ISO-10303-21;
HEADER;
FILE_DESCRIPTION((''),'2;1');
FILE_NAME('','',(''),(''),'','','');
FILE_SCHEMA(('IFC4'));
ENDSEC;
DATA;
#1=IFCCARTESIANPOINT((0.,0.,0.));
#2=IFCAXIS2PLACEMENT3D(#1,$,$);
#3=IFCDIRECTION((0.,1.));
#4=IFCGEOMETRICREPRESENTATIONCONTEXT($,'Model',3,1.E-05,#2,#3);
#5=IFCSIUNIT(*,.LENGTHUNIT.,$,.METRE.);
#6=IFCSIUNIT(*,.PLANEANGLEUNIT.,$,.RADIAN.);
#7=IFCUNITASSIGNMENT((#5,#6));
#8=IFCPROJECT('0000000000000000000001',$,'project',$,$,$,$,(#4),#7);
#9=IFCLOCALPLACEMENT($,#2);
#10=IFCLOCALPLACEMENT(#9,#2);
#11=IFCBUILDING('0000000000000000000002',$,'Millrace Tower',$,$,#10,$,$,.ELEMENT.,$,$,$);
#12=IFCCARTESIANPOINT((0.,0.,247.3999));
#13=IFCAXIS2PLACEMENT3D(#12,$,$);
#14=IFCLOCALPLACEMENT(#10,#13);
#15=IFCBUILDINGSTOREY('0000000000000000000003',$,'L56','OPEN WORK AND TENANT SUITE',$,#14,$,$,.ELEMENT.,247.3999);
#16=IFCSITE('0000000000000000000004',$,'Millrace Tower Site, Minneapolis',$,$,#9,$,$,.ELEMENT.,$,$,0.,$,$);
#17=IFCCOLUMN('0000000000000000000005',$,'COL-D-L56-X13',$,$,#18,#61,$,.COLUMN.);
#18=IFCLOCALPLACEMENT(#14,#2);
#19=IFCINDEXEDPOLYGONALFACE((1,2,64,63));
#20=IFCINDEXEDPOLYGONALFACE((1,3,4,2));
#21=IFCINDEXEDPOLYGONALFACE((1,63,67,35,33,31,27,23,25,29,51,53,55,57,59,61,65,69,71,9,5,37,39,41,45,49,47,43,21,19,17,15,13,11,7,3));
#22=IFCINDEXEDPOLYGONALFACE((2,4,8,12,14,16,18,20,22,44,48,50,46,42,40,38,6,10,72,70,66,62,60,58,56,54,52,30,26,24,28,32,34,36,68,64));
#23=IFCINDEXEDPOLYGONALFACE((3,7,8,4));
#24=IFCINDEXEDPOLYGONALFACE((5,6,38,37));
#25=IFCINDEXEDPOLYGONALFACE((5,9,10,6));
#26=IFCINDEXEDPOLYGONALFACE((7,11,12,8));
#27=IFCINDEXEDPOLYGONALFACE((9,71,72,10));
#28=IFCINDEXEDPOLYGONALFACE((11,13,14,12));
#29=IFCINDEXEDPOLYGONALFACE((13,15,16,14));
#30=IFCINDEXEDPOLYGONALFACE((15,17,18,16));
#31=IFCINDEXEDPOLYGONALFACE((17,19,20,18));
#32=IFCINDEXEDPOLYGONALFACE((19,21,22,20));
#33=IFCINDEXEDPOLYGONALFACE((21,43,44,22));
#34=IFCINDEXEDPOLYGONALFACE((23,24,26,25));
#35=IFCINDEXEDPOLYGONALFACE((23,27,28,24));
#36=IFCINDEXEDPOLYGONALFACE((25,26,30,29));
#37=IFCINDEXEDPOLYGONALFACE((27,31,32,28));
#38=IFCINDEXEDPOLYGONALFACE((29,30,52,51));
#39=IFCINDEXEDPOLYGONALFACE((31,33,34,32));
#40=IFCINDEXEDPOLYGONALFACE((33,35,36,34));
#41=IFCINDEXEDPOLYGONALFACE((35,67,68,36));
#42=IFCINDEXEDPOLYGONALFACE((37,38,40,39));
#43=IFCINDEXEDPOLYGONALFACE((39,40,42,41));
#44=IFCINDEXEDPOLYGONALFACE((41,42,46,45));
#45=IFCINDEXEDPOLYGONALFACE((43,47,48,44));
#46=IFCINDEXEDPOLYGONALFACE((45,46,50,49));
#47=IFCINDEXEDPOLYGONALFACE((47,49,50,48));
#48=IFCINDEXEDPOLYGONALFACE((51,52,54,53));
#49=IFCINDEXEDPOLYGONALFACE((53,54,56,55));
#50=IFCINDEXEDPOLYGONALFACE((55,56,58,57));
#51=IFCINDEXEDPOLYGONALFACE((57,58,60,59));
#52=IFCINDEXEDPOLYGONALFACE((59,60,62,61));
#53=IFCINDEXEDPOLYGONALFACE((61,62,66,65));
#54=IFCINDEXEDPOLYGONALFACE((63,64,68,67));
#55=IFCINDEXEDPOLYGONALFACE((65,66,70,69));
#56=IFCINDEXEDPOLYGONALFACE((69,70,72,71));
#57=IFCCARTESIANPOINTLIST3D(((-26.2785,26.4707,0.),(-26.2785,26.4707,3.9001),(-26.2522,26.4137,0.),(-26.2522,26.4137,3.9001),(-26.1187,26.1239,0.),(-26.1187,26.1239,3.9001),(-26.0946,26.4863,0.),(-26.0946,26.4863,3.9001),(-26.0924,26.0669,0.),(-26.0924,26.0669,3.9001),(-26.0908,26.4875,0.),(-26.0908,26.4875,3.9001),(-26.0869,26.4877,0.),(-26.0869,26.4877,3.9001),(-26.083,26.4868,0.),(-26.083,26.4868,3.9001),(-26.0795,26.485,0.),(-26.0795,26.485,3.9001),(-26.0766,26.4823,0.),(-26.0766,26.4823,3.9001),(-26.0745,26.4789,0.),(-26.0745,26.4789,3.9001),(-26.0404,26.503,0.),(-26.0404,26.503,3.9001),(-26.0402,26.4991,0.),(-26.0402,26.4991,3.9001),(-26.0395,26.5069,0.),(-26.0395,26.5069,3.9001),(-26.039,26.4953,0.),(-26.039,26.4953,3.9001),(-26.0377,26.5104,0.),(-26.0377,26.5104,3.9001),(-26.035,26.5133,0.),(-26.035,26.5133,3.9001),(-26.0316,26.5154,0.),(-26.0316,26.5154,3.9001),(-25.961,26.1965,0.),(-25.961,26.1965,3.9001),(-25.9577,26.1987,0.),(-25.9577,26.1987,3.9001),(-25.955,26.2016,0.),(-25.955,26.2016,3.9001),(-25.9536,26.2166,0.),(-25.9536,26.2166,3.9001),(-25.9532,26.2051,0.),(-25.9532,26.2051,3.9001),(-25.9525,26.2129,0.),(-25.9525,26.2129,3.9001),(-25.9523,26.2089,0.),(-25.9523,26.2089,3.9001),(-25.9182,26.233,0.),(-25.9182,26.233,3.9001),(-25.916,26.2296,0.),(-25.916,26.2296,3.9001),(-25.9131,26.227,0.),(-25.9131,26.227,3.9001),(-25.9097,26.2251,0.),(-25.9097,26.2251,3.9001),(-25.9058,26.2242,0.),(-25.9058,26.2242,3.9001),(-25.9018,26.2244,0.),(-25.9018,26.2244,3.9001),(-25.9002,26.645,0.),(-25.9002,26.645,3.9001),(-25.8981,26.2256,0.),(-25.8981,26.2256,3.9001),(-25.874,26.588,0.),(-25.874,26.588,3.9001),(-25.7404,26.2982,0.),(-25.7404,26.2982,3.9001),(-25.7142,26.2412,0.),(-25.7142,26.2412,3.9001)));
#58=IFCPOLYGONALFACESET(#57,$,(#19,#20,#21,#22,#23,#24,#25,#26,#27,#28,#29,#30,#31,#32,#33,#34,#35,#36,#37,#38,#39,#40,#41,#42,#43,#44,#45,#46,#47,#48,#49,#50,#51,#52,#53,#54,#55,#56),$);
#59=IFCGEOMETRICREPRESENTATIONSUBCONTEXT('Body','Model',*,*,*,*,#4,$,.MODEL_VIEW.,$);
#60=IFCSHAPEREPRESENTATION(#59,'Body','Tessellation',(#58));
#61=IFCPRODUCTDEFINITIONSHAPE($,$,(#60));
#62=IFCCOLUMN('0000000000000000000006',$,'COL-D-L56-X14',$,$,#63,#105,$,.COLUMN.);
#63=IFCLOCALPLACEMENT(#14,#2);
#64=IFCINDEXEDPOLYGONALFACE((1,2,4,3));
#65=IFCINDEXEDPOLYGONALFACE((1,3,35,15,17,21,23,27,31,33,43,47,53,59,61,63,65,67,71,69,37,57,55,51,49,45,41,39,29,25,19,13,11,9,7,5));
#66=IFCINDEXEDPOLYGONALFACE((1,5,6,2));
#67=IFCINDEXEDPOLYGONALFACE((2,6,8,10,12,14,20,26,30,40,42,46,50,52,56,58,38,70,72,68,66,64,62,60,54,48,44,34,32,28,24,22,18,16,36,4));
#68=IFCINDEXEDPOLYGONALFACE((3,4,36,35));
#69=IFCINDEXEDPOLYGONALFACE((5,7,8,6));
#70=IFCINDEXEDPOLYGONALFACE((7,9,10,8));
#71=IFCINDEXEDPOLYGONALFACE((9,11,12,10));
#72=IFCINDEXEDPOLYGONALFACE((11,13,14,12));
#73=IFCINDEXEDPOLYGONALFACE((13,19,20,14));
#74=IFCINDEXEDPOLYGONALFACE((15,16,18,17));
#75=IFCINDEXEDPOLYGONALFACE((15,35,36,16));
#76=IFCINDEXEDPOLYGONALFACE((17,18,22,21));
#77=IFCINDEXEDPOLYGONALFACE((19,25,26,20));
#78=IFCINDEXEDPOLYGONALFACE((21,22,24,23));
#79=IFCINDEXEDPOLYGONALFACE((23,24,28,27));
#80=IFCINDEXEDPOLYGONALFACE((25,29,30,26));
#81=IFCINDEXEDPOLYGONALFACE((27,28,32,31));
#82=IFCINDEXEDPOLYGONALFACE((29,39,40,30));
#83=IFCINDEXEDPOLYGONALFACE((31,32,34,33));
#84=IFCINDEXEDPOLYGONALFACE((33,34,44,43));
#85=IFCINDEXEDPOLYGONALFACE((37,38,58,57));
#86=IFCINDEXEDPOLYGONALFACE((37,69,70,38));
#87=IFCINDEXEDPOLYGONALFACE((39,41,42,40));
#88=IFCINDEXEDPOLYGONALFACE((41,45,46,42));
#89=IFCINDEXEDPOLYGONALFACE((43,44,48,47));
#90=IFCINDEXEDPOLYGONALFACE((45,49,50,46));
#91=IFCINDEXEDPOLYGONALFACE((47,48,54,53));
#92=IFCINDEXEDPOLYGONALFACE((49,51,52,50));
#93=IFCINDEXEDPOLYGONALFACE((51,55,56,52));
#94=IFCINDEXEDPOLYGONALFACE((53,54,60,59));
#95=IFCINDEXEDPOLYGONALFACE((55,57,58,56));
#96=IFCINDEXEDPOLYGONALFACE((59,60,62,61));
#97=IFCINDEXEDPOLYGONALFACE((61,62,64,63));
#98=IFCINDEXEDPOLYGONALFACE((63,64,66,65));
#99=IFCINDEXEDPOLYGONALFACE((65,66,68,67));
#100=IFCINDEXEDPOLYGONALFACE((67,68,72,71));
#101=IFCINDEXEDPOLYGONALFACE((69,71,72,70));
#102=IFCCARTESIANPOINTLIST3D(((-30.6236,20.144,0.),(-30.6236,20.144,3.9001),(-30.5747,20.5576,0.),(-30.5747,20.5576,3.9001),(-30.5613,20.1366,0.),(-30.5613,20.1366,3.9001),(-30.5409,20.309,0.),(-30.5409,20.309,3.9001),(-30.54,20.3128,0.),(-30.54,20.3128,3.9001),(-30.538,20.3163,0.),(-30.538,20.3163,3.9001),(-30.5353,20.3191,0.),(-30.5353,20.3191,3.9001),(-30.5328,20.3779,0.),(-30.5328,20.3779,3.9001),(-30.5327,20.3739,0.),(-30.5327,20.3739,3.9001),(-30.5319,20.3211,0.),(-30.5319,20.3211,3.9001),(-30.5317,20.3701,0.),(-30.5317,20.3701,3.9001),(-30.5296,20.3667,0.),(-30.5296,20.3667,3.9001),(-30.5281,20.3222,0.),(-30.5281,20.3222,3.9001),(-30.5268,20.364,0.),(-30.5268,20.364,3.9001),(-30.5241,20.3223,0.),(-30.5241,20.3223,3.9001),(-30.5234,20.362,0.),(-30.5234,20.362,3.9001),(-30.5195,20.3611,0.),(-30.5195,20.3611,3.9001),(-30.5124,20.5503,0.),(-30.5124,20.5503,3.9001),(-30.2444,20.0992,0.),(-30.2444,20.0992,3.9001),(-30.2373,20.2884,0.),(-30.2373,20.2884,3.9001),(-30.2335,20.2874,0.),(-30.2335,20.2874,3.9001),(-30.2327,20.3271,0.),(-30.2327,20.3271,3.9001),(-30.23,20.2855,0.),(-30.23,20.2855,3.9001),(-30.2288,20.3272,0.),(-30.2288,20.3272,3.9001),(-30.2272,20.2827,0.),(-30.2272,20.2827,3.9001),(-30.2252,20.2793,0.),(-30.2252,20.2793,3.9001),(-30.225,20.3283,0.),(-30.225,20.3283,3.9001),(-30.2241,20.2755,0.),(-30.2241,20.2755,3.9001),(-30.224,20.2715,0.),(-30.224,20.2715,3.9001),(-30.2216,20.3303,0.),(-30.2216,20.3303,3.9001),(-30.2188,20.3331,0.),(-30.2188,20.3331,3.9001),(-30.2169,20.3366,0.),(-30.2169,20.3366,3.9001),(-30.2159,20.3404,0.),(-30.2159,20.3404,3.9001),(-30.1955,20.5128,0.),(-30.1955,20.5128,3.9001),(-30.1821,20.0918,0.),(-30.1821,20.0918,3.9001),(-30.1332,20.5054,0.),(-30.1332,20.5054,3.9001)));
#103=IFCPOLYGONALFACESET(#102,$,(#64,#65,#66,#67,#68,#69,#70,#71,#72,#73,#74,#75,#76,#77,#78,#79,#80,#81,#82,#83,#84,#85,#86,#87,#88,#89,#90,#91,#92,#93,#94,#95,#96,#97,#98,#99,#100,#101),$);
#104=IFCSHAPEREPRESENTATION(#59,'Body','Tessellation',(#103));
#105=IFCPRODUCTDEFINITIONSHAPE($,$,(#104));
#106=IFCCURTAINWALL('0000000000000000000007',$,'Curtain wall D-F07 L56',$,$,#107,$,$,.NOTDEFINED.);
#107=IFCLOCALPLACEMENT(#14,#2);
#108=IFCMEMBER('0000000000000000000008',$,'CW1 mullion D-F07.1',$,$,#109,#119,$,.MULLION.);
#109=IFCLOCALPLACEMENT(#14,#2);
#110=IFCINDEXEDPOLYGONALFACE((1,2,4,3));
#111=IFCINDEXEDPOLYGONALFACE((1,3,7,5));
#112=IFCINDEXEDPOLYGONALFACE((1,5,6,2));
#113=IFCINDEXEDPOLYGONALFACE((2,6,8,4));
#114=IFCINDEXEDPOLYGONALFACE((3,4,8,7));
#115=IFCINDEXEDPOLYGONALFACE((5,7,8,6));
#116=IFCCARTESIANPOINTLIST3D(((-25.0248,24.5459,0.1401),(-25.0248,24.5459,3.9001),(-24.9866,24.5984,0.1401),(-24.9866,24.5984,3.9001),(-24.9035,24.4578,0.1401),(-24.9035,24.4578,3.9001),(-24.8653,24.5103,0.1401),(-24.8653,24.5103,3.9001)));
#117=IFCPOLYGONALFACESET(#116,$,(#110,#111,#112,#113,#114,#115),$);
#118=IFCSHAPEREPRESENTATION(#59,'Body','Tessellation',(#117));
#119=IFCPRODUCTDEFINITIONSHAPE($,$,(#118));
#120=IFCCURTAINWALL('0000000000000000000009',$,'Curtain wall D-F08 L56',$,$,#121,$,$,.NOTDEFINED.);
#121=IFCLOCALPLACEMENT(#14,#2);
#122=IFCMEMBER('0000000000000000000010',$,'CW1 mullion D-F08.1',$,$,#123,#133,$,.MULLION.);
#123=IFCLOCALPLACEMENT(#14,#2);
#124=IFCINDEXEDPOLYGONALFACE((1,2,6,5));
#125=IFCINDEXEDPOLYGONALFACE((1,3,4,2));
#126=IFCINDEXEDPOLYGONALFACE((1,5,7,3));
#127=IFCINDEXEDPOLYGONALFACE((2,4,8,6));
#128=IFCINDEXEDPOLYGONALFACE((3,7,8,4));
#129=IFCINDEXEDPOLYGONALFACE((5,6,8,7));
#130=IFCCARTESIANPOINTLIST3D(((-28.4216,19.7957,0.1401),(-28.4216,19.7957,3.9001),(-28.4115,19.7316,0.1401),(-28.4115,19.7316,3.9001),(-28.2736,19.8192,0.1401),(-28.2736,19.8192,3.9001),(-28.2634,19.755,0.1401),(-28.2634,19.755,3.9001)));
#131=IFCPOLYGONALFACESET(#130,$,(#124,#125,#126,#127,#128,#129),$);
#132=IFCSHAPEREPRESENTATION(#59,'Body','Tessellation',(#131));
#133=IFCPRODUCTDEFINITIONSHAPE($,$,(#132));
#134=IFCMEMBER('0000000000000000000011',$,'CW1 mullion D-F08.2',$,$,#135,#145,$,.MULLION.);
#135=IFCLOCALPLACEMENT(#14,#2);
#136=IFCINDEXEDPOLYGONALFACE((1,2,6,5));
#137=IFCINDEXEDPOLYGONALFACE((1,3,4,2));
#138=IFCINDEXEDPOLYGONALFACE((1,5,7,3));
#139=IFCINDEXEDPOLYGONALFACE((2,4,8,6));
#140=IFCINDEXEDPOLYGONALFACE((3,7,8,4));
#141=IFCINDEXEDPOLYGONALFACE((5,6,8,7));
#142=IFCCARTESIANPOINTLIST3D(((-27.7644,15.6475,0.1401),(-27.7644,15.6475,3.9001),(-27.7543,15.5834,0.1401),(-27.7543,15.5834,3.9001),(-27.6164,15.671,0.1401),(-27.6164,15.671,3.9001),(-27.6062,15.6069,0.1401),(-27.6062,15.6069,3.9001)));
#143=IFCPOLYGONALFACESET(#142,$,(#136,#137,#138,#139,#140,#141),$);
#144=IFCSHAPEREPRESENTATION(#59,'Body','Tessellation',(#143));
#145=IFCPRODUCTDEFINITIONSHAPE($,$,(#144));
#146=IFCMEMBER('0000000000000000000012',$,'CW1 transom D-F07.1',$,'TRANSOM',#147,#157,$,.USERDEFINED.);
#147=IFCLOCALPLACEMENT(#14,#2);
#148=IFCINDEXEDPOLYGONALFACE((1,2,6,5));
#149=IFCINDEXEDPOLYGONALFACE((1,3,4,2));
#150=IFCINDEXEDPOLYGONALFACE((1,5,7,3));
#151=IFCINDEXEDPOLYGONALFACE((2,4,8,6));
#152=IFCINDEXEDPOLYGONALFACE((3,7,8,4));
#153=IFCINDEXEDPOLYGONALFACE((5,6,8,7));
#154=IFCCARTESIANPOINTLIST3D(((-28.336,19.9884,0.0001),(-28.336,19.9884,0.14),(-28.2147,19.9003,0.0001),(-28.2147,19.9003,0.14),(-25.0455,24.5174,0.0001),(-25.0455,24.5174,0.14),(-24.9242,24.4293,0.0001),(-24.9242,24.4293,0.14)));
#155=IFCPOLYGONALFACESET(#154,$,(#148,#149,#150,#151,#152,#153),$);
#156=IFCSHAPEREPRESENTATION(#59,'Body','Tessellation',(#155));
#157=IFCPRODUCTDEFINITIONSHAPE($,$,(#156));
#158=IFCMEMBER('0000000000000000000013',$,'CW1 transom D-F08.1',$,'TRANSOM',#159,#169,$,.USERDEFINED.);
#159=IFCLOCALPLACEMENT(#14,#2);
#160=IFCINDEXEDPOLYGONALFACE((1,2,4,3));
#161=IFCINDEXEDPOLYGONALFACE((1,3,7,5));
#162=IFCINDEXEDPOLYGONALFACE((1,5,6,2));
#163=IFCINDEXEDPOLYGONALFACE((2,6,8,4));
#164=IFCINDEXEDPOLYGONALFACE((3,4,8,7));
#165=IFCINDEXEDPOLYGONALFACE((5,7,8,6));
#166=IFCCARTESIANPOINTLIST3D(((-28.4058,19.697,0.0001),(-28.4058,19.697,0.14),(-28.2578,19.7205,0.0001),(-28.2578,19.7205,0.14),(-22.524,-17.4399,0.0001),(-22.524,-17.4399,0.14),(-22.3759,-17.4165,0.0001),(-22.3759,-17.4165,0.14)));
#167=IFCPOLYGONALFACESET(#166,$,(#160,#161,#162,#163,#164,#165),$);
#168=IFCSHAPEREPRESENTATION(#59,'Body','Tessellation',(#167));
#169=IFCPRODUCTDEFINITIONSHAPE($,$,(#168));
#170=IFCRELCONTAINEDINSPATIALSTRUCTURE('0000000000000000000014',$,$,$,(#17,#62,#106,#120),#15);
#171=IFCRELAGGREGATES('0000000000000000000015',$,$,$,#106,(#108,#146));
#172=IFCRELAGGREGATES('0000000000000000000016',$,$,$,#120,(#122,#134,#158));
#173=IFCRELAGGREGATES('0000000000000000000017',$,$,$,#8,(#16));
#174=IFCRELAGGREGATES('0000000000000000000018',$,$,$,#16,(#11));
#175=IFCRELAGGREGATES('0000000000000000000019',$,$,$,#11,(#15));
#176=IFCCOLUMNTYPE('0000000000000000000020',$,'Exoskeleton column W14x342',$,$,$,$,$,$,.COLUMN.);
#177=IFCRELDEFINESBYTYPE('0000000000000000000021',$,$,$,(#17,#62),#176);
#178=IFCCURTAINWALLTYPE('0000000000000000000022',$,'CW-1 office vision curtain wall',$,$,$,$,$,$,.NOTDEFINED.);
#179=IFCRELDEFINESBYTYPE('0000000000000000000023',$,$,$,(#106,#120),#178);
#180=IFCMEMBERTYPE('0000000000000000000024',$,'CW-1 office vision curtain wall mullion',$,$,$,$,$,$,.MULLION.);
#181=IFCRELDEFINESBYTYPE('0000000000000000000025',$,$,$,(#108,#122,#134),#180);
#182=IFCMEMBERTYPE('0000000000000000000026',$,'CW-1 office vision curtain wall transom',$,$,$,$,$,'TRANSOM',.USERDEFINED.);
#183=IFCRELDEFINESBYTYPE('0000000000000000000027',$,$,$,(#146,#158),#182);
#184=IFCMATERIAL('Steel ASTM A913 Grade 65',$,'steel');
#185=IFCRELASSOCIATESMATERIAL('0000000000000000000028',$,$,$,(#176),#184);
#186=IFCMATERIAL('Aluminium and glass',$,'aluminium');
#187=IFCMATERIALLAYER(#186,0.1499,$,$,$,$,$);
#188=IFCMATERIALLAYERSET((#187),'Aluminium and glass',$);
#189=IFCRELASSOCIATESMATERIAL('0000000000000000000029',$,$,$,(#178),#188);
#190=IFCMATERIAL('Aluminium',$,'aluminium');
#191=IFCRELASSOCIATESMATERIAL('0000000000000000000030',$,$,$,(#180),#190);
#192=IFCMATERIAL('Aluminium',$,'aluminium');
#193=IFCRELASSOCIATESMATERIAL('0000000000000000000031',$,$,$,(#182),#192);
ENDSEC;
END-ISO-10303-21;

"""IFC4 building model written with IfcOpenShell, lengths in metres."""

from ifc_helpers import new_model, si_unit, direction, frame, origin, origin_2d, place, context, subcontext, project, spatial, rectangle, i_section, extrude, material, layer, layer_set, material_profile, profile_set, type_object, element, aggregate, save


model = new_model("IFC4")

# Units and contexts
model_context = context("Model", 3, precision=1e-05, world=origin(), true_north=direction((0.0, 1.0)))
body_context = subcontext(model_context, "Body", "Model", "MODEL_VIEW")
ifc_project = project(units=[si_unit("LENGTHUNIT", "METRE"), si_unit("PLANEANGLEUNIT", "RADIAN")], contexts=[model_context])

# Site, building, storey
site_placement = place(None, origin())
site = spatial("IfcSite", under=ifc_project, at=site_placement, Name="Millrace Tower Site, Minneapolis", CompositionType="ELEMENT", RefElevation=0.0)
building_placement = place(site_placement, origin())
building = spatial("IfcBuilding", under=site, at=building_placement, Name="Millrace Tower", CompositionType="ELEMENT")
storey_placement = place(building_placement, frame((0.0, 0.0, 247.3999)))
storey = spatial("IfcBuildingStorey", under=building, at=storey_placement, Name="L56", Description="OPEN WORK AND TENANT SUITE", CompositionType="ELEMENT", Elevation=247.3999)

# Columns
ifc_material_1 = material(Name="Steel ASTM A913 Grade 65", Category="steel")
ifc_material_profile_1 = material_profile(ifc_material_1, i_section(OverallWidth=0.4165, OverallDepth=0.4446, WebThickness=0.0391, FlangeThickness=0.0627, FilletRadius=0.0151, at=origin_2d()))
ifc_profile_set_1 = profile_set([ifc_material_profile_1], Name="Steel ASTM A913 Grade 65")
column_type = type_object("IfcColumnType", Name="Exoskeleton column W14x342", PredefinedType="COLUMN", material=ifc_profile_set_1)
for number, where, z_axis, x_axis, name in (
    (1, (-25.9963, 26.356, 0.0), (0.0, 0.0, 1.0), (-0.908192, -0.418553, 0.0), "COL-D-L56-X13"),
    (2, (-30.3784, 20.3247, 0.0), (0.0, 0.0, 1.0), (-0.117421, -0.993082, 0.0), "COL-D-L56-X14"),
):
    element("IfcColumn", number, at=place(storey_placement, frame(where, z_axis=z_axis, x_axis=x_axis)), inside=storey, type_object=column_type, Name=name, PredefinedType="COLUMN", context=body_context, shape_type="SweptSolid", body=[
        extrude(i_section(OverallWidth=0.4165, OverallDepth=0.4446, WebThickness=0.0391, FlangeThickness=0.0627, FilletRadius=0.0151, at=origin_2d()), origin(), (0.0, 0.0, 1.0), 3.9001),
    ])

# Curtain wall, member
ifc_material_2 = material(Name="Aluminium and glass", Category="aluminium")
ifc_layer_1 = layer(ifc_material_2, 0.1499)
ifc_layer_set_1 = layer_set([ifc_layer_1], Name="Aluminium and glass")
curtain_wall_type = type_object("IfcCurtainWallType", Name="CW-1 office vision curtain wall", PredefinedType="NOTDEFINED", material=ifc_layer_set_1)
placement = place(storey_placement, origin())
curtain_wall_1 = element("IfcCurtainWall", 3, at=placement, inside=storey, type_object=curtain_wall_type, Name="Curtain wall D-F07 L56", PredefinedType="NOTDEFINED")
ifc_material_3 = material(Name="Aluminium", Category="aluminium")
ifc_material_profile_2 = material_profile(ifc_material_3, rectangle(XDim=0.0649, YDim=0.1499, at=origin_2d()))
ifc_profile_set_2 = profile_set([ifc_material_profile_2], Name="Aluminium")
member_type_1 = type_object("IfcMemberType", Name="CW-1 office vision curtain wall mullion", PredefinedType="MULLION", material=ifc_profile_set_2)
member_1_placement = place(storey_placement, frame((-24.9451, 24.5281, 0.1401), z_axis=(0.0, 0.0, 1.0), x_axis=(-0.587785, -0.809017, 0.0)))
member_1 = element("IfcMember", 4, at=member_1_placement, type_object=member_type_1, Name="CW1 mullion D-F07.1", PredefinedType="MULLION", context=body_context, shape_type="SweptSolid", body=[
    extrude(rectangle(XDim=0.0649, YDim=0.1499, at=origin_2d()), origin(), (0.0, 0.0, 1.0), 3.76),
])

# Curtain wall, members
curtain_wall_2 = element("IfcCurtainWall", 5, at=placement, inside=storey, type_object=curtain_wall_type, Name="Curtain wall D-F08 L56", PredefinedType="NOTDEFINED")
member_2_placement = place(storey_placement, frame((-28.3425, 19.7754, 0.1401), z_axis=(0.0, 0.0, 1.0), x_axis=(0.156434, -0.987688, 0.0)))
member_2 = element("IfcMember", 6, at=member_2_placement, type_object=member_type_1, Name="CW1 mullion D-F08.1", PredefinedType="MULLION", context=body_context, shape_type="SweptSolid", body=[
    extrude(rectangle(XDim=0.0649, YDim=0.1499, at=origin_2d()), origin(), (0.0, 0.0, 1.0), 3.76),
])
member_3_placement = place(storey_placement, frame((-27.6853, 15.6272, 0.1401), z_axis=(0.0, 0.0, 1.0), x_axis=(0.156434, -0.987688, 0.0)))
member_3 = element("IfcMember", 7, at=member_3_placement, type_object=member_type_1, Name="CW1 mullion D-F08.2", PredefinedType="MULLION", context=body_context, shape_type="SweptSolid", body=[
    extrude(rectangle(XDim=0.0649, YDim=0.1499, at=origin_2d()), origin(), (0.0, 0.0, 1.0), 3.76),
])

# Members
ifc_material_4 = material(Name="Aluminium", Category="aluminium")
ifc_material_profile_3 = material_profile(ifc_material_4, rectangle(XDim=0.1499, YDim=0.1399, at=origin_2d()))
ifc_profile_set_3 = profile_set([ifc_material_profile_3], Name="Aluminium")
member_type_2 = type_object("IfcMemberType", Name="CW-1 office vision curtain wall transom", ElementType="TRANSOM", PredefinedType="USERDEFINED", material=ifc_profile_set_3)
member_4_placement = place(storey_placement, frame((-24.9849, 24.4734, 0.0701), z_axis=(-0.587783, -0.809019, 0.0), x_axis=(0.809019, -0.587783, 0.0)))
member_4 = element("IfcMember", 8, at=member_4_placement, type_object=member_type_2, Name="CW1 transom D-F07.1", ObjectType="TRANSOM", PredefinedType="USERDEFINED", context=body_context, shape_type="SweptSolid", body=[
    extrude(rectangle(XDim=0.1499, YDim=0.1399, at=origin_2d()), origin(), (0.0, 0.0, 1.0), 5.5981),
])
aggregate(curtain_wall_1, [member_1, member_4])
member_5_placement = place(storey_placement, frame((-28.3318, 19.7087, 0.0701), z_axis=(0.156432, -0.987689, 0.0), x_axis=(0.987689, 0.156432, 0.0)))
member_5 = element("IfcMember", 9, at=member_5_placement, type_object=member_type_2, Name="CW1 transom D-F08.1", ObjectType="TRANSOM", PredefinedType="USERDEFINED", context=body_context, shape_type="SweptSolid", body=[
    extrude(rectangle(XDim=0.1499, YDim=0.1399, at=origin_2d()), origin(), (0.0, 0.0, 1.0), 37.5999),
])
aggregate(curtain_wall_2, [member_2, member_3, member_5])

save(model, "model.ifc")
